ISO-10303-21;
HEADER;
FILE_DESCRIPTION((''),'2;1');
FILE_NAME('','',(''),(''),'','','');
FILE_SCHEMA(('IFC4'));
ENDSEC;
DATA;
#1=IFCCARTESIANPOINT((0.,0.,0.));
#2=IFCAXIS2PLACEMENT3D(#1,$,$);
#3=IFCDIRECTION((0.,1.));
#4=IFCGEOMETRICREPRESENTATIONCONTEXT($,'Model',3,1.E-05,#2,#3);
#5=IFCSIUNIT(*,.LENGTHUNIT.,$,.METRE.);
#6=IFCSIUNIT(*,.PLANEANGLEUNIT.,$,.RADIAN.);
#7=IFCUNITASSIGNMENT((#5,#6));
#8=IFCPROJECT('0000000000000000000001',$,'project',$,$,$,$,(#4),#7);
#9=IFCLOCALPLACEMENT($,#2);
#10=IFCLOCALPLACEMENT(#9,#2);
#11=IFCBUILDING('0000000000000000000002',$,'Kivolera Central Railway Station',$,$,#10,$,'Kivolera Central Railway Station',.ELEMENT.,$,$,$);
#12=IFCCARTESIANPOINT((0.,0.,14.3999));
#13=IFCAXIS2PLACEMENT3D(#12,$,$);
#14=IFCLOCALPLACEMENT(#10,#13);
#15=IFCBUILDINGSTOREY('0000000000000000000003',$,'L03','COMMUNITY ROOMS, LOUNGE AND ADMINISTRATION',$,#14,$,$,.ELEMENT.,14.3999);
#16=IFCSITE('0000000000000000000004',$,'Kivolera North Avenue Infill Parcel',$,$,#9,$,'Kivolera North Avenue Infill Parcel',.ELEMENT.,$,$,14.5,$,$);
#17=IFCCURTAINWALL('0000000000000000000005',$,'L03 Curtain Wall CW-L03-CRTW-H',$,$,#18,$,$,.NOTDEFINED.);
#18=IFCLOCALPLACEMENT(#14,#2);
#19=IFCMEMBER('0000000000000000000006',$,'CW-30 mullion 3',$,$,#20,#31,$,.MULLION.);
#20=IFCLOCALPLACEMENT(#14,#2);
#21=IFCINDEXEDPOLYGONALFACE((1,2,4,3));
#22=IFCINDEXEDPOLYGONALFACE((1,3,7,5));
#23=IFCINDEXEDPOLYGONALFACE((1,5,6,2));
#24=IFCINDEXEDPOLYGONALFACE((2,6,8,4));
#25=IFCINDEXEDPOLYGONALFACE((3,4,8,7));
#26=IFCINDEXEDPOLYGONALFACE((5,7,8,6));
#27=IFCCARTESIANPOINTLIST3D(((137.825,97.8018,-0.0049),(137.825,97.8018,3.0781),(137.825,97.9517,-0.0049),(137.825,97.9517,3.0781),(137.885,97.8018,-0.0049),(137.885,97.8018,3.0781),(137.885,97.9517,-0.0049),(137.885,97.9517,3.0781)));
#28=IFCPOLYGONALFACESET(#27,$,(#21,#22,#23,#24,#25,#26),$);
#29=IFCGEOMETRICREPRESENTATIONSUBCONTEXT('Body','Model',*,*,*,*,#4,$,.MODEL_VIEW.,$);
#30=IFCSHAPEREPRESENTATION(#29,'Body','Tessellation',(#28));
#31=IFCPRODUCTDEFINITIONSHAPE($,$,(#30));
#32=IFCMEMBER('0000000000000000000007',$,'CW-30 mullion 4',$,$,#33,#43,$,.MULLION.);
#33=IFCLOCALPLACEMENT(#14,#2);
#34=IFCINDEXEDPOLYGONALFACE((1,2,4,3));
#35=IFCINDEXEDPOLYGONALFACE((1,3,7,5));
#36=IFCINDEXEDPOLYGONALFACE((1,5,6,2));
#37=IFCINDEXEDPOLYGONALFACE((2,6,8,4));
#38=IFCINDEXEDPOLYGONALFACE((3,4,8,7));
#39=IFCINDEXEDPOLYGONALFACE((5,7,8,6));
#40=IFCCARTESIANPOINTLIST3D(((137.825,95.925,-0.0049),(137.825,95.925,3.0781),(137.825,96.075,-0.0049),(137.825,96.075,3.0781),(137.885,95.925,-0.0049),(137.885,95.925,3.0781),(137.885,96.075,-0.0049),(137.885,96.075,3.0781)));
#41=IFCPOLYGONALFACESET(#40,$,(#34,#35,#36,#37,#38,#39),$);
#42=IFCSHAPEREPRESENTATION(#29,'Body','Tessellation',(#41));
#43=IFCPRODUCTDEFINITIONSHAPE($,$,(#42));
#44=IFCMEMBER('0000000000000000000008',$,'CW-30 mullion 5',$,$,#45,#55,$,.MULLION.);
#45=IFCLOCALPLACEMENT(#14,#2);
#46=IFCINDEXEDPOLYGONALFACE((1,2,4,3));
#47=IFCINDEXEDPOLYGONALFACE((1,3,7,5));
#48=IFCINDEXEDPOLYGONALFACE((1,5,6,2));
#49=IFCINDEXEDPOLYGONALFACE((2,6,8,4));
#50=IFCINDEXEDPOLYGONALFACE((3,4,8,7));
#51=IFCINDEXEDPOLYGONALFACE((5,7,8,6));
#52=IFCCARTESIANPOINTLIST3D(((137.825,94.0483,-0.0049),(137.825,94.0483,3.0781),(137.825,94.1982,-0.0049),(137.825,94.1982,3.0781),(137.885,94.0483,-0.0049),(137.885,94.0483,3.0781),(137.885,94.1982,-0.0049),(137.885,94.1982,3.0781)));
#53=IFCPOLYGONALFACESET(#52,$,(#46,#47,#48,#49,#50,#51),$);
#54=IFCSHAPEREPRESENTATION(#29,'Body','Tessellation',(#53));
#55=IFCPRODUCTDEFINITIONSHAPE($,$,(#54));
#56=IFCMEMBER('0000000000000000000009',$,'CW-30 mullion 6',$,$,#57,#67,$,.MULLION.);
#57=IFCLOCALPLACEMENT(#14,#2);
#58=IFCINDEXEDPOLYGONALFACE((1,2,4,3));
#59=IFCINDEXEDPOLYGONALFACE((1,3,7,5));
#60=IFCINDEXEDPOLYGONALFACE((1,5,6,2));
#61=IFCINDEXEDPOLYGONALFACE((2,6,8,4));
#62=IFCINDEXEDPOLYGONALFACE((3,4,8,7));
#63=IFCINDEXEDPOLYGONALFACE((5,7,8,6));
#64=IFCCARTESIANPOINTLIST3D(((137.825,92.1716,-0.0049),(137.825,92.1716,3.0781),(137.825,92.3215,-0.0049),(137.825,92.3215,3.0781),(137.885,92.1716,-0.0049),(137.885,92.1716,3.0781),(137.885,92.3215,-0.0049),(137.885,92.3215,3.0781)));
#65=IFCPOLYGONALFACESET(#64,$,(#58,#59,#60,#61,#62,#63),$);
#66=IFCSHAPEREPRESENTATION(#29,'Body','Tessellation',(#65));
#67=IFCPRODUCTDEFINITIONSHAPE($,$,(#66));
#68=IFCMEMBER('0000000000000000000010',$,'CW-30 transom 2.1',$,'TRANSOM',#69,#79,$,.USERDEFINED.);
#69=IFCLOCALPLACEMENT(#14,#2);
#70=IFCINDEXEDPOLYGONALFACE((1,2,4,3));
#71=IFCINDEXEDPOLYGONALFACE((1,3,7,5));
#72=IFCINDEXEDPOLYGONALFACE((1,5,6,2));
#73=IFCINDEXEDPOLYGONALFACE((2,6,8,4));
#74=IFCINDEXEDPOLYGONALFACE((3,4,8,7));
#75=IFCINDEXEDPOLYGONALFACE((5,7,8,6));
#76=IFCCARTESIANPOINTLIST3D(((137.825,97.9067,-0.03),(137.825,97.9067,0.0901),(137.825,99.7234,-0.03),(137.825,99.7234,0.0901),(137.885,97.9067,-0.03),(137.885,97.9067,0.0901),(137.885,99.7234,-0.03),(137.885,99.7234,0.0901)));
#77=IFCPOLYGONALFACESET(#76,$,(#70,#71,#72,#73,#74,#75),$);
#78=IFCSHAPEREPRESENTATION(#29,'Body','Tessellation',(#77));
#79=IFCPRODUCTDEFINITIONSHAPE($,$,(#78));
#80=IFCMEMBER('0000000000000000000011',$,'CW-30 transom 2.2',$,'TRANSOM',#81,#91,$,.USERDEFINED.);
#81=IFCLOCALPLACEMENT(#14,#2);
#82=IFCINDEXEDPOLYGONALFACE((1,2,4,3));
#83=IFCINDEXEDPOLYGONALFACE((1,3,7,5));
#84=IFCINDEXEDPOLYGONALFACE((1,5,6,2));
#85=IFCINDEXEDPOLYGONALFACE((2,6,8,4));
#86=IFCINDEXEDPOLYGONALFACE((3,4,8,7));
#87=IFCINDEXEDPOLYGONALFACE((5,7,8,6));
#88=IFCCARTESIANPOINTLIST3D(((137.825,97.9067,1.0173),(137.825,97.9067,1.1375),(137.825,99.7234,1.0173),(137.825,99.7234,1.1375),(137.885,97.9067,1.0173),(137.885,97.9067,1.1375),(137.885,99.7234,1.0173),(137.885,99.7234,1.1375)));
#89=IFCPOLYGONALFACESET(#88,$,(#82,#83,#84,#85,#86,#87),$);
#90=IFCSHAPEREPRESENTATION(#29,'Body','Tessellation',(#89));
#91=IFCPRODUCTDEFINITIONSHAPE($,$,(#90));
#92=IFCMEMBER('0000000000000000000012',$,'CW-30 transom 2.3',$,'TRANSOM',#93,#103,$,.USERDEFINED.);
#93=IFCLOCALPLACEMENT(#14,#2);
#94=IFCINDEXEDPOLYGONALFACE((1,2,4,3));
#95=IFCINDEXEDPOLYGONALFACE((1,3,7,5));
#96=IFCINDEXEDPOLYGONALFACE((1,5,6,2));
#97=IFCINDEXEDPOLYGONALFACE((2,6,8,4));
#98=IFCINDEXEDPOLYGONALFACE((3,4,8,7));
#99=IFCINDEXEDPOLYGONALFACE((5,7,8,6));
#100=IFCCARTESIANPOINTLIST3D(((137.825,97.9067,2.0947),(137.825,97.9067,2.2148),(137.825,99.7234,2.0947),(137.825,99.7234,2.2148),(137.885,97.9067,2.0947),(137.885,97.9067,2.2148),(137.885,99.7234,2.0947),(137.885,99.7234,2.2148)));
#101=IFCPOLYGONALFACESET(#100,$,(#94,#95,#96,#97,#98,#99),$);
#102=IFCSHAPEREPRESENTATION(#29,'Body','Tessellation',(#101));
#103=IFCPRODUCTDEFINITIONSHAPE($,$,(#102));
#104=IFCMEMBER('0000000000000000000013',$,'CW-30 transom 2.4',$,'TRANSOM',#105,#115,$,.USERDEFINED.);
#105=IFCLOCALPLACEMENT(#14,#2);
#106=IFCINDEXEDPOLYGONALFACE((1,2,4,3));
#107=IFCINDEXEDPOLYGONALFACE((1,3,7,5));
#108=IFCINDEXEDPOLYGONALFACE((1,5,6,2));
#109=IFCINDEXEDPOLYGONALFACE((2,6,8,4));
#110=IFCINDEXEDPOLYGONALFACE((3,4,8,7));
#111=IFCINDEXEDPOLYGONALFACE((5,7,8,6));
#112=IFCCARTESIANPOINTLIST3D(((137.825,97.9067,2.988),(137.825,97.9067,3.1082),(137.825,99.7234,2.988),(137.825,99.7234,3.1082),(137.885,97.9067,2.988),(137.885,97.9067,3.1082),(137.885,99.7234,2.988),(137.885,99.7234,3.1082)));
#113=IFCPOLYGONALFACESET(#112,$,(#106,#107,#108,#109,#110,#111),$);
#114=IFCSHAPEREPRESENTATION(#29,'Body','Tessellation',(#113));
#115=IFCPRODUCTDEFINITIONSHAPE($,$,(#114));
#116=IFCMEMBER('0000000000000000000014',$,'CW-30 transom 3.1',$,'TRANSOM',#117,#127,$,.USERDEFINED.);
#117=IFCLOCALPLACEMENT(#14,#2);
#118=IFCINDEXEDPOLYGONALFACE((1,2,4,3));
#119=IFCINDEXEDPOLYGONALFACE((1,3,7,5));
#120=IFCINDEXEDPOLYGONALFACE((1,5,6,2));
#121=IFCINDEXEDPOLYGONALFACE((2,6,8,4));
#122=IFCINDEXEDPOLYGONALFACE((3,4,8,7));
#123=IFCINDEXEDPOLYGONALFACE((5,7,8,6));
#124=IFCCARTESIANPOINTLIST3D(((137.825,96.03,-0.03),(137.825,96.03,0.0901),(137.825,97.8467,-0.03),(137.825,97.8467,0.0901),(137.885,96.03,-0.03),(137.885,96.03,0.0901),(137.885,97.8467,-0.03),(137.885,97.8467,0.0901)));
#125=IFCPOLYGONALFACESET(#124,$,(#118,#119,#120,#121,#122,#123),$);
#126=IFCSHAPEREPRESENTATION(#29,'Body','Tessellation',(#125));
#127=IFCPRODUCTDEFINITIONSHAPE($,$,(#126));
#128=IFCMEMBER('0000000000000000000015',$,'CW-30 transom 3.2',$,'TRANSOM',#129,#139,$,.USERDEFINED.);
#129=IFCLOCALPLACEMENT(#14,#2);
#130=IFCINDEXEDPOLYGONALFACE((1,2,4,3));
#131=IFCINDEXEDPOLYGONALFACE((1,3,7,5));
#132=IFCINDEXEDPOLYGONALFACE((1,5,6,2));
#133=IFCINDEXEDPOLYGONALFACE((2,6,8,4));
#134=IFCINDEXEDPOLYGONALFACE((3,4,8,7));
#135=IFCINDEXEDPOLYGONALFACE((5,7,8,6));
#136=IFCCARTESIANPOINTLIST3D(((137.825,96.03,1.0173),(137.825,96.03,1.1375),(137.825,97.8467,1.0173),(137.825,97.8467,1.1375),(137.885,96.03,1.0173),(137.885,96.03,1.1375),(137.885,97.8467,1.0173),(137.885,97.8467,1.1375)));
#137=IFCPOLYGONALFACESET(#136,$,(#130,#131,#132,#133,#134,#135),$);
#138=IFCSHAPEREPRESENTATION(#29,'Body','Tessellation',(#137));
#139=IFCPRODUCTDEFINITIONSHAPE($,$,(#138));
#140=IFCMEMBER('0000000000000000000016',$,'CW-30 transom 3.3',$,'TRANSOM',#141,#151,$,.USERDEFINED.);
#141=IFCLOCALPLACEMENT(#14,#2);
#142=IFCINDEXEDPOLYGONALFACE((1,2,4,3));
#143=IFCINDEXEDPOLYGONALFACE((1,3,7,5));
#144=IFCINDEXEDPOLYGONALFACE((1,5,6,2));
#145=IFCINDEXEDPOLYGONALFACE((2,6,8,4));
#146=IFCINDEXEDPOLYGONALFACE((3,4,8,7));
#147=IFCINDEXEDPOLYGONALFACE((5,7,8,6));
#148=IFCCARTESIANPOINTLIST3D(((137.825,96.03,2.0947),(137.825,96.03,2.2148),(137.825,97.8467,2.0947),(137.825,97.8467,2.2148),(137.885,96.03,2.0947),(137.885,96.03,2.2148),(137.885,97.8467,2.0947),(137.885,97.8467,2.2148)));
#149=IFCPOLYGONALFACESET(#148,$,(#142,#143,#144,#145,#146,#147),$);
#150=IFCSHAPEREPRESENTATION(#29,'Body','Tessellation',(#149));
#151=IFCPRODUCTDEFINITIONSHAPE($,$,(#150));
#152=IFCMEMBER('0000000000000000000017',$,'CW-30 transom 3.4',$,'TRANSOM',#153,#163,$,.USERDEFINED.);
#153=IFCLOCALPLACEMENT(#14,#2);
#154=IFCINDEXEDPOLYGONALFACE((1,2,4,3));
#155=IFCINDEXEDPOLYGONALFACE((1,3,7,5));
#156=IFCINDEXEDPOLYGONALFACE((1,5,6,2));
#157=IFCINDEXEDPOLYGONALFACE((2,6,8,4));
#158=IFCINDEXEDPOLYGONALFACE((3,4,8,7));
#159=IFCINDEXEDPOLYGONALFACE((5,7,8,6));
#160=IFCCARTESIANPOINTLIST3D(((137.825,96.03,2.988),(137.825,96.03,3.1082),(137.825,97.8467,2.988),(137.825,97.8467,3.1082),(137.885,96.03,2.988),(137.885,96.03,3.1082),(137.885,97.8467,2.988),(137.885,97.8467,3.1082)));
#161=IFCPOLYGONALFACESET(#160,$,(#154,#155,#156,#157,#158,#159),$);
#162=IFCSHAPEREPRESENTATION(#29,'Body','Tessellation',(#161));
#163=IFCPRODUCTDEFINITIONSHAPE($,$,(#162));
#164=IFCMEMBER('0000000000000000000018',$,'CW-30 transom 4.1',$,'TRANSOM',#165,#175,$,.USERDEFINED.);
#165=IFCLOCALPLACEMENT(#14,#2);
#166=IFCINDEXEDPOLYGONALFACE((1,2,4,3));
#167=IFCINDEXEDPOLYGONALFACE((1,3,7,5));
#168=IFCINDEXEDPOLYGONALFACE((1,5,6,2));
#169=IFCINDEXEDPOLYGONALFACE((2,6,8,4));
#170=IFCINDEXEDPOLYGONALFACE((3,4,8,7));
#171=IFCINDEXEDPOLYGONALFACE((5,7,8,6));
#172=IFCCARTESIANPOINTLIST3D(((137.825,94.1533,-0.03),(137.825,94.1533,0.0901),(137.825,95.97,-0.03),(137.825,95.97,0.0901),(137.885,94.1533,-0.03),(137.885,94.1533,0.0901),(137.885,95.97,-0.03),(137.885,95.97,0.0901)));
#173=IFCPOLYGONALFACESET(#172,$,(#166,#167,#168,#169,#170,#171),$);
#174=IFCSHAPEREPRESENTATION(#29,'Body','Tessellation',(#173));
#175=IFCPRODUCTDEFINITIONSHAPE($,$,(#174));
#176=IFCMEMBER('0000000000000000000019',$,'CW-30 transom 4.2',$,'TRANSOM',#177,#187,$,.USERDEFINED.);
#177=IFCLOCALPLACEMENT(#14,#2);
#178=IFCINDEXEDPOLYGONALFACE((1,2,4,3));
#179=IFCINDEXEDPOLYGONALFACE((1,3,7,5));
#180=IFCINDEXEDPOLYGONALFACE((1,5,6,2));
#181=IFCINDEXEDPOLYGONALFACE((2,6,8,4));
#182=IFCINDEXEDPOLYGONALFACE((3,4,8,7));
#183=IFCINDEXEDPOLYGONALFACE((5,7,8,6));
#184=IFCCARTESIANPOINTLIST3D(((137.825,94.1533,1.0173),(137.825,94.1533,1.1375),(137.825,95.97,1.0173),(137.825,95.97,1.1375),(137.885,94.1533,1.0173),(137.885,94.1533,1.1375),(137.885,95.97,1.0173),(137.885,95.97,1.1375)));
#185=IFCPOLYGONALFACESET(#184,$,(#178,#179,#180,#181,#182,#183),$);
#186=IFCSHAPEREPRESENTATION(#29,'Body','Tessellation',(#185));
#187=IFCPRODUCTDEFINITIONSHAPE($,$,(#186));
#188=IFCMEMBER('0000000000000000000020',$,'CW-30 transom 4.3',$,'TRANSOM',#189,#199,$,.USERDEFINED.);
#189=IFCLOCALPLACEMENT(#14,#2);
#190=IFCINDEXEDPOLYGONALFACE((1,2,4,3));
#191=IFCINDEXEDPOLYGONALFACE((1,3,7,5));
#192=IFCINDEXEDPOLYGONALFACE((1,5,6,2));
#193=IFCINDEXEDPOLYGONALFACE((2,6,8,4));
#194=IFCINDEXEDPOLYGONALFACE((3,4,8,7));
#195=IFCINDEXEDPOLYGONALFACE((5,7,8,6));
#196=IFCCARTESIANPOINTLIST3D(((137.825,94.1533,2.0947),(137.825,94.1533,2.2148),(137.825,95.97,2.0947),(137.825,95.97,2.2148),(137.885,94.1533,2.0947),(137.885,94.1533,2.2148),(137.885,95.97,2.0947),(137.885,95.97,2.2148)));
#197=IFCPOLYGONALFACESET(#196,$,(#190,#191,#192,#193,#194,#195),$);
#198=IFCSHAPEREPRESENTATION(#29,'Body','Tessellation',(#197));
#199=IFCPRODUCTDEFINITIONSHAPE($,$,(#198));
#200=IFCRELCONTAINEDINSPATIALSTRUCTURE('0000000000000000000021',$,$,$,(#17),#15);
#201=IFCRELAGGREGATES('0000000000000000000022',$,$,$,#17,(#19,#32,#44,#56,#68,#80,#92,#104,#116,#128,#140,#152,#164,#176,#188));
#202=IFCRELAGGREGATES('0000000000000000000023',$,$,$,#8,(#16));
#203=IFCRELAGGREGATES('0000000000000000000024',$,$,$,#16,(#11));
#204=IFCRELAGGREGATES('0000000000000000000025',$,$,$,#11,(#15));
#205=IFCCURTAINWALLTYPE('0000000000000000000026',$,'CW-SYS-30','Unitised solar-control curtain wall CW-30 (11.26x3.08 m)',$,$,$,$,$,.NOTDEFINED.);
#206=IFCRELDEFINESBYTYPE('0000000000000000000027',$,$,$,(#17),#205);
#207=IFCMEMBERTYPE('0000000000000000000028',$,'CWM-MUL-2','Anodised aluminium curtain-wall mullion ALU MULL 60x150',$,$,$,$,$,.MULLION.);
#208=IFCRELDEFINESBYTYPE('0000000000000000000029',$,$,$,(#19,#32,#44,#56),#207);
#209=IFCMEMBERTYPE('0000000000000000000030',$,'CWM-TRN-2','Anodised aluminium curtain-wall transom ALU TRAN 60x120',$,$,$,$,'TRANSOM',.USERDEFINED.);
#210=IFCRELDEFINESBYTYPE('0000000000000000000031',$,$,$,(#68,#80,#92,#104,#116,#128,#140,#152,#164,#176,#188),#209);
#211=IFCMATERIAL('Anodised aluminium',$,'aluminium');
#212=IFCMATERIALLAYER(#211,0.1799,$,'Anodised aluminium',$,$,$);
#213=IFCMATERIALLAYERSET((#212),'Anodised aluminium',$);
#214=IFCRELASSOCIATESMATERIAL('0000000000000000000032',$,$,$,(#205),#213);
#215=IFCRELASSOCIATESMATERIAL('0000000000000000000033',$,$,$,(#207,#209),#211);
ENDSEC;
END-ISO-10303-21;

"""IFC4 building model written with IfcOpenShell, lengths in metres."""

from ifc_helpers import new_model, si_unit, direction, frame, origin, origin_2d, place, context, subcontext, project, spatial, rectangle, extrude, material, layer, layer_set, material_profile, profile_set, type_object, element, aggregate, save


model = new_model("IFC4")

# Units and contexts
model_context = context("Model", 3, precision=1e-05, world=origin(), true_north=direction((0.0, 1.0)))
body_context = subcontext(model_context, "Body", "Model", "MODEL_VIEW")
ifc_project = project(units=[si_unit("LENGTHUNIT", "METRE"), si_unit("PLANEANGLEUNIT", "RADIAN")], contexts=[model_context])

# Site, building, storey
site_placement = place(None, origin())
site = spatial("IfcSite", under=ifc_project, at=site_placement, Name="Kivolera North Avenue Infill Parcel", LongName="Kivolera North Avenue Infill Parcel", CompositionType="ELEMENT", RefElevation=14.5)
building_placement = place(site_placement, origin())
building = spatial("IfcBuilding", under=site, at=building_placement, Name="Kivolera Central Railway Station", LongName="Kivolera Central Railway Station", CompositionType="ELEMENT")
storey_placement = place(building_placement, frame((0.0, 0.0, 14.3999)))
storey = spatial("IfcBuildingStorey", under=building, at=storey_placement, Name="L03", Description="COMMUNITY ROOMS, LOUNGE AND ADMINISTRATION", CompositionType="ELEMENT", Elevation=14.3999)

# Curtain wall, members
ifc_material_1 = material(Name="Anodised aluminium", Category="aluminium")
ifc_layer_1 = layer(ifc_material_1, 0.1799, Name="Anodised aluminium")
ifc_layer_set_1 = layer_set([ifc_layer_1], Name="Anodised aluminium")
curtain_wall_type = type_object("IfcCurtainWallType", Name="CW-SYS-30", Description="Unitised solar-control curtain wall CW-30 (11.26x3.08 m)", PredefinedType="NOTDEFINED", material=ifc_layer_set_1)
curtain_wall_placement = place(storey_placement, origin())
curtain_wall = element("IfcCurtainWall", 1, at=curtain_wall_placement, inside=storey, type_object=curtain_wall_type, Name="L03 Curtain Wall CW-L03-CRTW-H", PredefinedType="NOTDEFINED")
ifc_material_profile_1 = material_profile(ifc_material_1, rectangle(XDim=0.0601, YDim=0.1499, at=origin_2d()), Name="ALU MULL 60x150")
ifc_profile_set_1 = profile_set([ifc_material_profile_1], Name="Anodised aluminium")
member_type_1 = type_object("IfcMemberType", Name="CWM-MUL-2", Description="Anodised aluminium curtain-wall mullion ALU MULL 60x150", PredefinedType="MULLION", material=ifc_profile_set_1)
member_1_placement = place(storey_placement, frame((137.855, 97.8767, -0.0049), z_axis=(0.0, 0.0, 1.0), x_axis=(1.0, 0.0, 0.0)))
member_1 = element("IfcMember", 2, at=member_1_placement, type_object=member_type_1, Name="CW-30 mullion 3", PredefinedType="MULLION", context=body_context, shape_type="SweptSolid", body=[
    extrude(rectangle(XDim=0.0601, YDim=0.1499, at=origin_2d()), origin(), (0.0, 0.0, 1.0), 3.083),
])
member_2_placement = place(storey_placement, frame((137.855, 96.0, -0.0049), z_axis=(0.0, 0.0, 1.0), x_axis=(1.0, 0.0, 0.0)))
member_2 = element("IfcMember", 3, at=member_2_placement, type_object=member_type_1, Name="CW-30 mullion 4", PredefinedType="MULLION", context=body_context, shape_type="SweptSolid", body=[
    extrude(rectangle(XDim=0.0601, YDim=0.1499, at=origin_2d()), origin(), (0.0, 0.0, 1.0), 3.083),
])
member_3_placement = place(storey_placement, frame((137.855, 94.1233, -0.0049), z_axis=(0.0, 0.0, 1.0), x_axis=(1.0, 0.0, 0.0)))
member_3 = element("IfcMember", 4, at=member_3_placement, type_object=member_type_1, Name="CW-30 mullion 5", PredefinedType="MULLION", context=body_context, shape_type="SweptSolid", body=[
    extrude(rectangle(XDim=0.0601, YDim=0.1499, at=origin_2d()), origin(), (0.0, 0.0, 1.0), 3.083),
])
member_4_placement = place(storey_placement, frame((137.855, 92.2466, -0.0049), z_axis=(0.0, 0.0, 1.0), x_axis=(1.0, 0.0, 0.0)))
member_4 = element("IfcMember", 5, at=member_4_placement, type_object=member_type_1, Name="CW-30 mullion 6", PredefinedType="MULLION", context=body_context, shape_type="SweptSolid", body=[
    extrude(rectangle(XDim=0.0601, YDim=0.1499, at=origin_2d()), origin(), (0.0, 0.0, 1.0), 3.083),
])
ifc_material_profile_2 = material_profile(ifc_material_1, rectangle(XDim=0.0601, YDim=0.1201, at=origin_2d()), Name="ALU TRAN 60x120")
ifc_profile_set_2 = profile_set([ifc_material_profile_2], Name="Anodised aluminium")
member_type_2 = type_object("IfcMemberType", Name="CWM-TRN-2", Description="Anodised aluminium curtain-wall transom ALU TRAN 60x120", ElementType="TRANSOM", PredefinedType="USERDEFINED", material=ifc_profile_set_2)
member_5_placement = place(storey_placement, frame((137.855, 99.7234, 0.03), z_axis=(0.0, -1.0, 0.0), x_axis=(1.0, 0.0, 0.0)))
member_5 = element("IfcMember", 6, at=member_5_placement, type_object=member_type_2, Name="CW-30 transom 2.1", ObjectType="TRANSOM", PredefinedType="USERDEFINED", context=body_context, shape_type="SweptSolid", body=[
    extrude(rectangle(XDim=0.0601, YDim=0.1201, at=origin_2d()), origin(), (0.0, 0.0, 1.0), 1.8167),
])
member_6_placement = place(storey_placement, frame((137.855, 99.7234, 1.0774), z_axis=(0.0, -1.0, 0.0), x_axis=(1.0, 0.0, 0.0)))
member_6 = element("IfcMember", 7, at=member_6_placement, type_object=member_type_2, Name="CW-30 transom 2.2", ObjectType="TRANSOM", PredefinedType="USERDEFINED", context=body_context, shape_type="SweptSolid", body=[
    extrude(rectangle(XDim=0.0601, YDim=0.1201, at=origin_2d()), origin(), (0.0, 0.0, 1.0), 1.8167),
])
member_7_placement = place(storey_placement, frame((137.855, 99.7234, 2.1548), z_axis=(0.0, -1.0, 0.0), x_axis=(1.0, 0.0, 0.0)))
member_7 = element("IfcMember", 8, at=member_7_placement, type_object=member_type_2, Name="CW-30 transom 2.3", ObjectType="TRANSOM", PredefinedType="USERDEFINED", context=body_context, shape_type="SweptSolid", body=[
    extrude(rectangle(XDim=0.0601, YDim=0.1201, at=origin_2d()), origin(), (0.0, 0.0, 1.0), 1.8167),
])
member_8_placement = place(storey_placement, frame((137.855, 99.7234, 3.0481), z_axis=(0.0, -1.0, 0.0), x_axis=(1.0, 0.0, 0.0)))
member_8 = element("IfcMember", 9, at=member_8_placement, type_object=member_type_2, Name="CW-30 transom 2.4", ObjectType="TRANSOM", PredefinedType="USERDEFINED", context=body_context, shape_type="SweptSolid", body=[
    extrude(rectangle(XDim=0.0601, YDim=0.1201, at=origin_2d()), origin(), (0.0, 0.0, 1.0), 1.8167),
])
member_9_placement = place(storey_placement, frame((137.855, 97.8467, 0.03), z_axis=(0.0, -1.0, 0.0), x_axis=(1.0, 0.0, 0.0)))
member_9 = element("IfcMember", 10, at=member_9_placement, type_object=member_type_2, Name="CW-30 transom 3.1", ObjectType="TRANSOM", PredefinedType="USERDEFINED", context=body_context, shape_type="SweptSolid", body=[
    extrude(rectangle(XDim=0.0601, YDim=0.1201, at=origin_2d()), origin(), (0.0, 0.0, 1.0), 1.8167),
])
member_10_placement = place(storey_placement, frame((137.855, 97.8467, 1.0774), z_axis=(0.0, -1.0, 0.0), x_axis=(1.0, 0.0, 0.0)))
member_10 = element("IfcMember", 11, at=member_10_placement, type_object=member_type_2, Name="CW-30 transom 3.2", ObjectType="TRANSOM", PredefinedType="USERDEFINED", context=body_context, shape_type="SweptSolid", body=[
    extrude(rectangle(XDim=0.0601, YDim=0.1201, at=origin_2d()), origin(), (0.0, 0.0, 1.0), 1.8167),
])
member_11_placement = place(storey_placement, frame((137.855, 97.8467, 2.1548), z_axis=(0.0, -1.0, 0.0), x_axis=(1.0, 0.0, 0.0)))
member_11 = element("IfcMember", 12, at=member_11_placement, type_object=member_type_2, Name="CW-30 transom 3.3", ObjectType="TRANSOM", PredefinedType="USERDEFINED", context=body_context, shape_type="SweptSolid", body=[
    extrude(rectangle(XDim=0.0601, YDim=0.1201, at=origin_2d()), origin(), (0.0, 0.0, 1.0), 1.8167),
])
member_12_placement = place(storey_placement, frame((137.855, 97.8467, 3.0481), z_axis=(0.0, -1.0, 0.0), x_axis=(1.0, 0.0, 0.0)))
member_12 = element("IfcMember", 13, at=member_12_placement, type_object=member_type_2, Name="CW-30 transom 3.4", ObjectType="TRANSOM", PredefinedType="USERDEFINED", context=body_context, shape_type="SweptSolid", body=[
    extrude(rectangle(XDim=0.0601, YDim=0.1201, at=origin_2d()), origin(), (0.0, 0.0, 1.0), 1.8167),
])
member_13_placement = place(storey_placement, frame((137.855, 95.97, 0.03), z_axis=(0.0, -1.0, 0.0), x_axis=(1.0, 0.0, 0.0)))
member_13 = element("IfcMember", 14, at=member_13_placement, type_object=member_type_2, Name="CW-30 transom 4.1", ObjectType="TRANSOM", PredefinedType="USERDEFINED", context=body_context, shape_type="SweptSolid", body=[
    extrude(rectangle(XDim=0.0601, YDim=0.1201, at=origin_2d()), origin(), (0.0, 0.0, 1.0), 1.8167),
])
member_14_placement = place(storey_placement, frame((137.855, 95.97, 1.0774), z_axis=(0.0, -1.0, 0.0), x_axis=(1.0, 0.0, 0.0)))
member_14 = element("IfcMember", 15, at=member_14_placement, type_object=member_type_2, Name="CW-30 transom 4.2", ObjectType="TRANSOM", PredefinedType="USERDEFINED", context=body_context, shape_type="SweptSolid", body=[
    extrude(rectangle(XDim=0.0601, YDim=0.1201, at=origin_2d()), origin(), (0.0, 0.0, 1.0), 1.8167),
])
member_15_placement = place(storey_placement, frame((137.855, 95.97, 2.1548), z_axis=(0.0, -1.0, 0.0), x_axis=(1.0, 0.0, 0.0)))
member_15 = element("IfcMember", 16, at=member_15_placement, type_object=member_type_2, Name="CW-30 transom 4.3", ObjectType="TRANSOM", PredefinedType="USERDEFINED", context=body_context, shape_type="SweptSolid", body=[
    extrude(rectangle(XDim=0.0601, YDim=0.1201, at=origin_2d()), origin(), (0.0, 0.0, 1.0), 1.8167),
])
aggregate(curtain_wall, [member_1, member_2, member_3, member_4, member_5, member_6, member_7, member_8, member_9, member_10, member_11, member_12, member_13, member_14, member_15])

save(model, "model.ifc")
